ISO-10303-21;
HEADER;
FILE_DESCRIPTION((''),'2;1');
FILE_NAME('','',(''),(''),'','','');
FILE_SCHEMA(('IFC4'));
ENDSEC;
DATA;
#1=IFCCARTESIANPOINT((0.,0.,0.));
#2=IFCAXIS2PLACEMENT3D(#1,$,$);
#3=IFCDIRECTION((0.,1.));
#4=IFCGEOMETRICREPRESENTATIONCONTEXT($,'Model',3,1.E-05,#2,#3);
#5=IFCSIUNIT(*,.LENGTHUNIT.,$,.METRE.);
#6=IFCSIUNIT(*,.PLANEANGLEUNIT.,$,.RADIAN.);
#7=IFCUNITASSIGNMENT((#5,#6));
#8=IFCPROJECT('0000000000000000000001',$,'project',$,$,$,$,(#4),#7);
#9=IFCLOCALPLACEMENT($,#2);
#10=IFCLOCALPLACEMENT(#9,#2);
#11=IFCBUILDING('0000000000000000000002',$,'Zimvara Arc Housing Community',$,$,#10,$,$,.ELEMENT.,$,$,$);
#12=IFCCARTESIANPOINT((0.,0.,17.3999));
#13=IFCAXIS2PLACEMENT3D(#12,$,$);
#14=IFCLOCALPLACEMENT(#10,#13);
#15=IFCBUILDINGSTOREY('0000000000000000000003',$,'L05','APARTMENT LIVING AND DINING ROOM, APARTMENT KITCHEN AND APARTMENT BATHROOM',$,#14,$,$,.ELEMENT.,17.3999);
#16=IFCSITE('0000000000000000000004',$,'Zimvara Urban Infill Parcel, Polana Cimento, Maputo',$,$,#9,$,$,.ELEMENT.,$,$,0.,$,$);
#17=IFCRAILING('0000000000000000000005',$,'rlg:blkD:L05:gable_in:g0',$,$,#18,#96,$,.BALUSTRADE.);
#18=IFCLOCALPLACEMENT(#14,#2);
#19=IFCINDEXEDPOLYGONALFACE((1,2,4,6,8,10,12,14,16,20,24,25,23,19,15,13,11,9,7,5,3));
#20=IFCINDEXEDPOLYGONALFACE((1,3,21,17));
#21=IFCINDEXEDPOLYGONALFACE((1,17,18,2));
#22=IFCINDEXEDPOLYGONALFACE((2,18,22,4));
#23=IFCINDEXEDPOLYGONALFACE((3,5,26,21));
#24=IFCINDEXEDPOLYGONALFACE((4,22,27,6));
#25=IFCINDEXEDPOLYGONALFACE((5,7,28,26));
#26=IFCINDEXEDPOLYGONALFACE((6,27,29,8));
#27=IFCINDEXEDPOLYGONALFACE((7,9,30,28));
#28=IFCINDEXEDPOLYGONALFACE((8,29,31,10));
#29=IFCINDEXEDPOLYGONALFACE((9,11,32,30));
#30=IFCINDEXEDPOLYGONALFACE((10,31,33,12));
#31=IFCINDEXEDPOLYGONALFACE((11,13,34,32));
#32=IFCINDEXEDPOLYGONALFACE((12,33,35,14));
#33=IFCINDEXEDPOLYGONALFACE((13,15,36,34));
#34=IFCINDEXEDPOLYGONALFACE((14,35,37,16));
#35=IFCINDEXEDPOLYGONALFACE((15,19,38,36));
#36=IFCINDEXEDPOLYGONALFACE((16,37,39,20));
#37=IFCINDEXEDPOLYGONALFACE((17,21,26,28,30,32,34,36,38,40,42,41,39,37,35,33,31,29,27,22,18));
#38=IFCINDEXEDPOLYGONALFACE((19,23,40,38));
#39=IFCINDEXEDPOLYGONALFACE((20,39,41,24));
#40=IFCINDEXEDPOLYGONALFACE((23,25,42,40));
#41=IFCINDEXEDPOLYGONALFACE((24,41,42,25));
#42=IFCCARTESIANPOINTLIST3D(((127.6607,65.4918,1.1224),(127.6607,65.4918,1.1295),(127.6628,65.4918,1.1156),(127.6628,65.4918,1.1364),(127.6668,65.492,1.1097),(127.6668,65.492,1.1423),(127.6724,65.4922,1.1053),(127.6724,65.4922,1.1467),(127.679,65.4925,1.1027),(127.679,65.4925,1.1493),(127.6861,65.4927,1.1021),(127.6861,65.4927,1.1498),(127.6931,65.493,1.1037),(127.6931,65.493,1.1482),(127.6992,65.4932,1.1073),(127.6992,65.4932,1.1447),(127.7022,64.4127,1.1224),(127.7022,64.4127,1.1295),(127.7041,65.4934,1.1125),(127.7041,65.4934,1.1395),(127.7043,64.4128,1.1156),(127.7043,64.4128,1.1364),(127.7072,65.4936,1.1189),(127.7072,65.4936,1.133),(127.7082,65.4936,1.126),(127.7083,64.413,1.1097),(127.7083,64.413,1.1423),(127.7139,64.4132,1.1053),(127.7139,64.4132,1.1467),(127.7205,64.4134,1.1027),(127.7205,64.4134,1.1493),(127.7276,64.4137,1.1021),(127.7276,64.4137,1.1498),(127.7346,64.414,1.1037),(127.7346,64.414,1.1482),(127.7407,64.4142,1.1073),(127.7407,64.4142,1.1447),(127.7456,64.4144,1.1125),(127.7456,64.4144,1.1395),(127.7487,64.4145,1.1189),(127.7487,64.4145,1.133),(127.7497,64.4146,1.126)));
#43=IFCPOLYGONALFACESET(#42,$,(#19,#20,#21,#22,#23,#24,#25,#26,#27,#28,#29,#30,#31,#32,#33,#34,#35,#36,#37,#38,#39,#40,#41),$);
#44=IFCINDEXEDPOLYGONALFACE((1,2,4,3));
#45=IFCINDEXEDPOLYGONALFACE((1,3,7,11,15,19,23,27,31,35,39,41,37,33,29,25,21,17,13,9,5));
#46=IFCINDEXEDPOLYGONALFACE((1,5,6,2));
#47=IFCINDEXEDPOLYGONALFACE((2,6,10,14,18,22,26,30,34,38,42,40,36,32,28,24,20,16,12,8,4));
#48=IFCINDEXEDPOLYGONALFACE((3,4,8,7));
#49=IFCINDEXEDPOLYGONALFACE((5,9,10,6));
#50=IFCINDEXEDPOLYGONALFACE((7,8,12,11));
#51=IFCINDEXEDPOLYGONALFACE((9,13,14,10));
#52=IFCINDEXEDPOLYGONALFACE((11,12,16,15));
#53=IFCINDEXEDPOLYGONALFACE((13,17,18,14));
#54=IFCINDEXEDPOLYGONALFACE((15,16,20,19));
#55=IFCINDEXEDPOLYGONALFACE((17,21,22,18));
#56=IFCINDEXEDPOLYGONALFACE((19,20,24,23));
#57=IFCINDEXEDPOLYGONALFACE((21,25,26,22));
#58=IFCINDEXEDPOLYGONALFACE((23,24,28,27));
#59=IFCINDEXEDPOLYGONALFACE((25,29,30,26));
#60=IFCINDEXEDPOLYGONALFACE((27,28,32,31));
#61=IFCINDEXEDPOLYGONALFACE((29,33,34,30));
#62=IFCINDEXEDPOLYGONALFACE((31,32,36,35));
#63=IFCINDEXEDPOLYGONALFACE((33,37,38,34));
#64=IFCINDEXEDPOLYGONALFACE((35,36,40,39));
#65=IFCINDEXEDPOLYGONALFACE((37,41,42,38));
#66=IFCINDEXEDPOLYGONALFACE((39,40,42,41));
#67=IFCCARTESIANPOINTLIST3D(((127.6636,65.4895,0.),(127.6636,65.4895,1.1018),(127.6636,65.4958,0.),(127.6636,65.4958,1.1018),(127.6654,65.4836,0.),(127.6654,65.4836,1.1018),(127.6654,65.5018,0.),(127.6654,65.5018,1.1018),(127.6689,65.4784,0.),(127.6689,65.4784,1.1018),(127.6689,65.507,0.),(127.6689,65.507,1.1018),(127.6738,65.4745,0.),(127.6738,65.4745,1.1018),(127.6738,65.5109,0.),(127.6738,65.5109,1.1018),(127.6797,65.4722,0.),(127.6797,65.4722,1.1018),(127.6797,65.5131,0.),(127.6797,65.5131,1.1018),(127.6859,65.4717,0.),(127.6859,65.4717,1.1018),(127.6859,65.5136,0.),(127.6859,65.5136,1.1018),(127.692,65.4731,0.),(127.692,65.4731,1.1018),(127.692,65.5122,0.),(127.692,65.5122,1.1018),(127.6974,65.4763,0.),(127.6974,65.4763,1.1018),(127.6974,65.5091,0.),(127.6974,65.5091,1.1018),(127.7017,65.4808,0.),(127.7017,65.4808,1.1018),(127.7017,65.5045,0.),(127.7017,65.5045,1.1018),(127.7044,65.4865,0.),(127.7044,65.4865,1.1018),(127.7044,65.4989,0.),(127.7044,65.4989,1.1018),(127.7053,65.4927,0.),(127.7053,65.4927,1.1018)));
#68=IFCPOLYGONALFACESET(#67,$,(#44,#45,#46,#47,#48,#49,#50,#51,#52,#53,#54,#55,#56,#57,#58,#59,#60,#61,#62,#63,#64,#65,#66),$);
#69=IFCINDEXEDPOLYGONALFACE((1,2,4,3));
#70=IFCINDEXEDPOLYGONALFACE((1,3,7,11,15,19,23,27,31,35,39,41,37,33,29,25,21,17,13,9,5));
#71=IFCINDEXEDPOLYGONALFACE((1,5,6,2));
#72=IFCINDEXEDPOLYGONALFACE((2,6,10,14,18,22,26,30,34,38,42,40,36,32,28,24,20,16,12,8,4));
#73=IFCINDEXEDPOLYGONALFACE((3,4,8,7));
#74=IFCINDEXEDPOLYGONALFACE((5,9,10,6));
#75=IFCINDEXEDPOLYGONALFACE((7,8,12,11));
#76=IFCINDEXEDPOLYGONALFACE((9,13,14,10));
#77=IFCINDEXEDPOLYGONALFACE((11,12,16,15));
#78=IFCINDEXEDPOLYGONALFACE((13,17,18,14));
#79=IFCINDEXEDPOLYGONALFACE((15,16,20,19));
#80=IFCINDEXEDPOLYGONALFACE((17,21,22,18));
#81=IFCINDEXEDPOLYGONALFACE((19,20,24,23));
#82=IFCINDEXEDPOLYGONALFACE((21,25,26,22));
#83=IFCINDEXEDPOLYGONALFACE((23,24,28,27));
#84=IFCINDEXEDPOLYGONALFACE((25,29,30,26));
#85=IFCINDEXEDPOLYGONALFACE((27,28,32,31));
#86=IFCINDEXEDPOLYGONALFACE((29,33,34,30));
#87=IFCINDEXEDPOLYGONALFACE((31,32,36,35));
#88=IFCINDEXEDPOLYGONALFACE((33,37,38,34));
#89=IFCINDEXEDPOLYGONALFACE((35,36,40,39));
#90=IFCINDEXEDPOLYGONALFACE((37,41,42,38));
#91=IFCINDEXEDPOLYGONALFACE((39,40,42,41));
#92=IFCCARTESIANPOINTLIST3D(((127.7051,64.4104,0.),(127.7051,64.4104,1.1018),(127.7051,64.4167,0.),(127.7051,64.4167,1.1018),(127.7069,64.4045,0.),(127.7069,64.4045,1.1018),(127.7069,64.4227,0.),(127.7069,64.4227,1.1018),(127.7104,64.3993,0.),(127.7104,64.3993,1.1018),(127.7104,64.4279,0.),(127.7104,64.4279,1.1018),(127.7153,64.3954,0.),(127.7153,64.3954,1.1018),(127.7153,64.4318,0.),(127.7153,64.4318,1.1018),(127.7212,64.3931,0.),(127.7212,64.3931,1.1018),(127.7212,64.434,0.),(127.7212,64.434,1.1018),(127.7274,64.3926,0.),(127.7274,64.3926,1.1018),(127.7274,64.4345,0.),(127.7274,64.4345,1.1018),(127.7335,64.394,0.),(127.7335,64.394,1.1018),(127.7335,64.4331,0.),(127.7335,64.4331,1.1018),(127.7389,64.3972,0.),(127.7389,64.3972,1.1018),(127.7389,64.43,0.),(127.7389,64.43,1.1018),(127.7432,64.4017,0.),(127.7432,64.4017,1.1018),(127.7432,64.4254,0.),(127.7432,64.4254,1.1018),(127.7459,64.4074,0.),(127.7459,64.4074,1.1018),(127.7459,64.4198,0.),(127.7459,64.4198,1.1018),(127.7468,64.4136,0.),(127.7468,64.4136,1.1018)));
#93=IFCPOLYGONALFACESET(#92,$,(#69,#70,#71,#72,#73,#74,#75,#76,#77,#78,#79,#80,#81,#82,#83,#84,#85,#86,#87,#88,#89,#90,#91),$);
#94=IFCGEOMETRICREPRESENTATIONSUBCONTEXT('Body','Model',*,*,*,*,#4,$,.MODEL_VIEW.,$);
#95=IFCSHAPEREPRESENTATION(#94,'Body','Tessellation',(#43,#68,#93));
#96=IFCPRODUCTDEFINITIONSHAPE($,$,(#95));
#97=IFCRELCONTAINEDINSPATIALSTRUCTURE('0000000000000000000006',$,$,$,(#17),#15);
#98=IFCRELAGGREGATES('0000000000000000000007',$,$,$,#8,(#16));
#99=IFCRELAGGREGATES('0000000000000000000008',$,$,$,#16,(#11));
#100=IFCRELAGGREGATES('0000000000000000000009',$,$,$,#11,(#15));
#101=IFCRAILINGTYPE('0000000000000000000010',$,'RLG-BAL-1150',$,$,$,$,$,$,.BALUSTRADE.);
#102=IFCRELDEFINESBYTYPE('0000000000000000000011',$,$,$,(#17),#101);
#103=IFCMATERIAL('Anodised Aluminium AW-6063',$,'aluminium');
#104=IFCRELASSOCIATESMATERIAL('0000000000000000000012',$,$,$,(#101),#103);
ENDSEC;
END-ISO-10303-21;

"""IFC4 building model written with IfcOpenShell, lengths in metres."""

from ifc_helpers import new_model, si_unit, direction, frame, origin, origin_2d, place, context, subcontext, project, spatial, circle, extrude, material, type_object, element, save


model = new_model("IFC4")

# Units and contexts
model_context = context("Model", 3, precision=1e-05, world=origin(), true_north=direction((0.0, 1.0)))
body_context = subcontext(model_context, "Body", "Model", "MODEL_VIEW")
ifc_project = project(units=[si_unit("LENGTHUNIT", "METRE"), si_unit("PLANEANGLEUNIT", "RADIAN")], contexts=[model_context])

# Site, building, storey
site_placement = place(None, origin())
site = spatial("IfcSite", under=ifc_project, at=site_placement, Name="Zimvara Urban Infill Parcel, Polana Cimento, Maputo", CompositionType="ELEMENT", RefElevation=0.0)
building_placement = place(site_placement, origin())
building = spatial("IfcBuilding", under=site, at=building_placement, Name="Zimvara Arc Housing Community", CompositionType="ELEMENT")
storey_placement = place(building_placement, frame((0.0, 0.0, 17.3999)))
storey = spatial("IfcBuildingStorey", under=building, at=storey_placement, Name="L05", Description="APARTMENT LIVING AND DINING ROOM, APARTMENT KITCHEN AND APARTMENT BATHROOM", CompositionType="ELEMENT", Elevation=17.3999)

# Railing
ifc_material_1 = material(Name="Anodised Aluminium AW-6063", Category="aluminium")
railing_type = type_object("IfcRailingType", Name="RLG-BAL-1150", PredefinedType="BALUSTRADE", material=ifc_material_1)
railing_1_placement = place(storey_placement, frame((127.6843, 65.4927, 0.0)))
element("IfcRailing", 1, at=railing_1_placement, inside=storey, type_object=railing_type, Name="rlg:blkD:L05:gable_in:g0", PredefinedType="BALUSTRADE", context=body_context, shape_type="SweptSolid", body=[
    extrude(circle(Radius=0.0239, at=origin_2d()), frame((0.0, 0.0, 1.126), z_axis=(0.038433, -0.999261, 0.0), x_axis=(0.999261, 0.038433, 0.0)), (0.0, 0.0, 1.0), 1.0798),
    extrude(circle(Radius=0.021, at=origin_2d()), origin(), (0.0, 0.0, 1.0), 1.1018),
    extrude(circle(Radius=0.021, at=origin_2d()), frame((0.0415, -1.0791, 0.0)), (0.0, 0.0, 1.0), 1.1018),
])

save(model, "model.ifc")
